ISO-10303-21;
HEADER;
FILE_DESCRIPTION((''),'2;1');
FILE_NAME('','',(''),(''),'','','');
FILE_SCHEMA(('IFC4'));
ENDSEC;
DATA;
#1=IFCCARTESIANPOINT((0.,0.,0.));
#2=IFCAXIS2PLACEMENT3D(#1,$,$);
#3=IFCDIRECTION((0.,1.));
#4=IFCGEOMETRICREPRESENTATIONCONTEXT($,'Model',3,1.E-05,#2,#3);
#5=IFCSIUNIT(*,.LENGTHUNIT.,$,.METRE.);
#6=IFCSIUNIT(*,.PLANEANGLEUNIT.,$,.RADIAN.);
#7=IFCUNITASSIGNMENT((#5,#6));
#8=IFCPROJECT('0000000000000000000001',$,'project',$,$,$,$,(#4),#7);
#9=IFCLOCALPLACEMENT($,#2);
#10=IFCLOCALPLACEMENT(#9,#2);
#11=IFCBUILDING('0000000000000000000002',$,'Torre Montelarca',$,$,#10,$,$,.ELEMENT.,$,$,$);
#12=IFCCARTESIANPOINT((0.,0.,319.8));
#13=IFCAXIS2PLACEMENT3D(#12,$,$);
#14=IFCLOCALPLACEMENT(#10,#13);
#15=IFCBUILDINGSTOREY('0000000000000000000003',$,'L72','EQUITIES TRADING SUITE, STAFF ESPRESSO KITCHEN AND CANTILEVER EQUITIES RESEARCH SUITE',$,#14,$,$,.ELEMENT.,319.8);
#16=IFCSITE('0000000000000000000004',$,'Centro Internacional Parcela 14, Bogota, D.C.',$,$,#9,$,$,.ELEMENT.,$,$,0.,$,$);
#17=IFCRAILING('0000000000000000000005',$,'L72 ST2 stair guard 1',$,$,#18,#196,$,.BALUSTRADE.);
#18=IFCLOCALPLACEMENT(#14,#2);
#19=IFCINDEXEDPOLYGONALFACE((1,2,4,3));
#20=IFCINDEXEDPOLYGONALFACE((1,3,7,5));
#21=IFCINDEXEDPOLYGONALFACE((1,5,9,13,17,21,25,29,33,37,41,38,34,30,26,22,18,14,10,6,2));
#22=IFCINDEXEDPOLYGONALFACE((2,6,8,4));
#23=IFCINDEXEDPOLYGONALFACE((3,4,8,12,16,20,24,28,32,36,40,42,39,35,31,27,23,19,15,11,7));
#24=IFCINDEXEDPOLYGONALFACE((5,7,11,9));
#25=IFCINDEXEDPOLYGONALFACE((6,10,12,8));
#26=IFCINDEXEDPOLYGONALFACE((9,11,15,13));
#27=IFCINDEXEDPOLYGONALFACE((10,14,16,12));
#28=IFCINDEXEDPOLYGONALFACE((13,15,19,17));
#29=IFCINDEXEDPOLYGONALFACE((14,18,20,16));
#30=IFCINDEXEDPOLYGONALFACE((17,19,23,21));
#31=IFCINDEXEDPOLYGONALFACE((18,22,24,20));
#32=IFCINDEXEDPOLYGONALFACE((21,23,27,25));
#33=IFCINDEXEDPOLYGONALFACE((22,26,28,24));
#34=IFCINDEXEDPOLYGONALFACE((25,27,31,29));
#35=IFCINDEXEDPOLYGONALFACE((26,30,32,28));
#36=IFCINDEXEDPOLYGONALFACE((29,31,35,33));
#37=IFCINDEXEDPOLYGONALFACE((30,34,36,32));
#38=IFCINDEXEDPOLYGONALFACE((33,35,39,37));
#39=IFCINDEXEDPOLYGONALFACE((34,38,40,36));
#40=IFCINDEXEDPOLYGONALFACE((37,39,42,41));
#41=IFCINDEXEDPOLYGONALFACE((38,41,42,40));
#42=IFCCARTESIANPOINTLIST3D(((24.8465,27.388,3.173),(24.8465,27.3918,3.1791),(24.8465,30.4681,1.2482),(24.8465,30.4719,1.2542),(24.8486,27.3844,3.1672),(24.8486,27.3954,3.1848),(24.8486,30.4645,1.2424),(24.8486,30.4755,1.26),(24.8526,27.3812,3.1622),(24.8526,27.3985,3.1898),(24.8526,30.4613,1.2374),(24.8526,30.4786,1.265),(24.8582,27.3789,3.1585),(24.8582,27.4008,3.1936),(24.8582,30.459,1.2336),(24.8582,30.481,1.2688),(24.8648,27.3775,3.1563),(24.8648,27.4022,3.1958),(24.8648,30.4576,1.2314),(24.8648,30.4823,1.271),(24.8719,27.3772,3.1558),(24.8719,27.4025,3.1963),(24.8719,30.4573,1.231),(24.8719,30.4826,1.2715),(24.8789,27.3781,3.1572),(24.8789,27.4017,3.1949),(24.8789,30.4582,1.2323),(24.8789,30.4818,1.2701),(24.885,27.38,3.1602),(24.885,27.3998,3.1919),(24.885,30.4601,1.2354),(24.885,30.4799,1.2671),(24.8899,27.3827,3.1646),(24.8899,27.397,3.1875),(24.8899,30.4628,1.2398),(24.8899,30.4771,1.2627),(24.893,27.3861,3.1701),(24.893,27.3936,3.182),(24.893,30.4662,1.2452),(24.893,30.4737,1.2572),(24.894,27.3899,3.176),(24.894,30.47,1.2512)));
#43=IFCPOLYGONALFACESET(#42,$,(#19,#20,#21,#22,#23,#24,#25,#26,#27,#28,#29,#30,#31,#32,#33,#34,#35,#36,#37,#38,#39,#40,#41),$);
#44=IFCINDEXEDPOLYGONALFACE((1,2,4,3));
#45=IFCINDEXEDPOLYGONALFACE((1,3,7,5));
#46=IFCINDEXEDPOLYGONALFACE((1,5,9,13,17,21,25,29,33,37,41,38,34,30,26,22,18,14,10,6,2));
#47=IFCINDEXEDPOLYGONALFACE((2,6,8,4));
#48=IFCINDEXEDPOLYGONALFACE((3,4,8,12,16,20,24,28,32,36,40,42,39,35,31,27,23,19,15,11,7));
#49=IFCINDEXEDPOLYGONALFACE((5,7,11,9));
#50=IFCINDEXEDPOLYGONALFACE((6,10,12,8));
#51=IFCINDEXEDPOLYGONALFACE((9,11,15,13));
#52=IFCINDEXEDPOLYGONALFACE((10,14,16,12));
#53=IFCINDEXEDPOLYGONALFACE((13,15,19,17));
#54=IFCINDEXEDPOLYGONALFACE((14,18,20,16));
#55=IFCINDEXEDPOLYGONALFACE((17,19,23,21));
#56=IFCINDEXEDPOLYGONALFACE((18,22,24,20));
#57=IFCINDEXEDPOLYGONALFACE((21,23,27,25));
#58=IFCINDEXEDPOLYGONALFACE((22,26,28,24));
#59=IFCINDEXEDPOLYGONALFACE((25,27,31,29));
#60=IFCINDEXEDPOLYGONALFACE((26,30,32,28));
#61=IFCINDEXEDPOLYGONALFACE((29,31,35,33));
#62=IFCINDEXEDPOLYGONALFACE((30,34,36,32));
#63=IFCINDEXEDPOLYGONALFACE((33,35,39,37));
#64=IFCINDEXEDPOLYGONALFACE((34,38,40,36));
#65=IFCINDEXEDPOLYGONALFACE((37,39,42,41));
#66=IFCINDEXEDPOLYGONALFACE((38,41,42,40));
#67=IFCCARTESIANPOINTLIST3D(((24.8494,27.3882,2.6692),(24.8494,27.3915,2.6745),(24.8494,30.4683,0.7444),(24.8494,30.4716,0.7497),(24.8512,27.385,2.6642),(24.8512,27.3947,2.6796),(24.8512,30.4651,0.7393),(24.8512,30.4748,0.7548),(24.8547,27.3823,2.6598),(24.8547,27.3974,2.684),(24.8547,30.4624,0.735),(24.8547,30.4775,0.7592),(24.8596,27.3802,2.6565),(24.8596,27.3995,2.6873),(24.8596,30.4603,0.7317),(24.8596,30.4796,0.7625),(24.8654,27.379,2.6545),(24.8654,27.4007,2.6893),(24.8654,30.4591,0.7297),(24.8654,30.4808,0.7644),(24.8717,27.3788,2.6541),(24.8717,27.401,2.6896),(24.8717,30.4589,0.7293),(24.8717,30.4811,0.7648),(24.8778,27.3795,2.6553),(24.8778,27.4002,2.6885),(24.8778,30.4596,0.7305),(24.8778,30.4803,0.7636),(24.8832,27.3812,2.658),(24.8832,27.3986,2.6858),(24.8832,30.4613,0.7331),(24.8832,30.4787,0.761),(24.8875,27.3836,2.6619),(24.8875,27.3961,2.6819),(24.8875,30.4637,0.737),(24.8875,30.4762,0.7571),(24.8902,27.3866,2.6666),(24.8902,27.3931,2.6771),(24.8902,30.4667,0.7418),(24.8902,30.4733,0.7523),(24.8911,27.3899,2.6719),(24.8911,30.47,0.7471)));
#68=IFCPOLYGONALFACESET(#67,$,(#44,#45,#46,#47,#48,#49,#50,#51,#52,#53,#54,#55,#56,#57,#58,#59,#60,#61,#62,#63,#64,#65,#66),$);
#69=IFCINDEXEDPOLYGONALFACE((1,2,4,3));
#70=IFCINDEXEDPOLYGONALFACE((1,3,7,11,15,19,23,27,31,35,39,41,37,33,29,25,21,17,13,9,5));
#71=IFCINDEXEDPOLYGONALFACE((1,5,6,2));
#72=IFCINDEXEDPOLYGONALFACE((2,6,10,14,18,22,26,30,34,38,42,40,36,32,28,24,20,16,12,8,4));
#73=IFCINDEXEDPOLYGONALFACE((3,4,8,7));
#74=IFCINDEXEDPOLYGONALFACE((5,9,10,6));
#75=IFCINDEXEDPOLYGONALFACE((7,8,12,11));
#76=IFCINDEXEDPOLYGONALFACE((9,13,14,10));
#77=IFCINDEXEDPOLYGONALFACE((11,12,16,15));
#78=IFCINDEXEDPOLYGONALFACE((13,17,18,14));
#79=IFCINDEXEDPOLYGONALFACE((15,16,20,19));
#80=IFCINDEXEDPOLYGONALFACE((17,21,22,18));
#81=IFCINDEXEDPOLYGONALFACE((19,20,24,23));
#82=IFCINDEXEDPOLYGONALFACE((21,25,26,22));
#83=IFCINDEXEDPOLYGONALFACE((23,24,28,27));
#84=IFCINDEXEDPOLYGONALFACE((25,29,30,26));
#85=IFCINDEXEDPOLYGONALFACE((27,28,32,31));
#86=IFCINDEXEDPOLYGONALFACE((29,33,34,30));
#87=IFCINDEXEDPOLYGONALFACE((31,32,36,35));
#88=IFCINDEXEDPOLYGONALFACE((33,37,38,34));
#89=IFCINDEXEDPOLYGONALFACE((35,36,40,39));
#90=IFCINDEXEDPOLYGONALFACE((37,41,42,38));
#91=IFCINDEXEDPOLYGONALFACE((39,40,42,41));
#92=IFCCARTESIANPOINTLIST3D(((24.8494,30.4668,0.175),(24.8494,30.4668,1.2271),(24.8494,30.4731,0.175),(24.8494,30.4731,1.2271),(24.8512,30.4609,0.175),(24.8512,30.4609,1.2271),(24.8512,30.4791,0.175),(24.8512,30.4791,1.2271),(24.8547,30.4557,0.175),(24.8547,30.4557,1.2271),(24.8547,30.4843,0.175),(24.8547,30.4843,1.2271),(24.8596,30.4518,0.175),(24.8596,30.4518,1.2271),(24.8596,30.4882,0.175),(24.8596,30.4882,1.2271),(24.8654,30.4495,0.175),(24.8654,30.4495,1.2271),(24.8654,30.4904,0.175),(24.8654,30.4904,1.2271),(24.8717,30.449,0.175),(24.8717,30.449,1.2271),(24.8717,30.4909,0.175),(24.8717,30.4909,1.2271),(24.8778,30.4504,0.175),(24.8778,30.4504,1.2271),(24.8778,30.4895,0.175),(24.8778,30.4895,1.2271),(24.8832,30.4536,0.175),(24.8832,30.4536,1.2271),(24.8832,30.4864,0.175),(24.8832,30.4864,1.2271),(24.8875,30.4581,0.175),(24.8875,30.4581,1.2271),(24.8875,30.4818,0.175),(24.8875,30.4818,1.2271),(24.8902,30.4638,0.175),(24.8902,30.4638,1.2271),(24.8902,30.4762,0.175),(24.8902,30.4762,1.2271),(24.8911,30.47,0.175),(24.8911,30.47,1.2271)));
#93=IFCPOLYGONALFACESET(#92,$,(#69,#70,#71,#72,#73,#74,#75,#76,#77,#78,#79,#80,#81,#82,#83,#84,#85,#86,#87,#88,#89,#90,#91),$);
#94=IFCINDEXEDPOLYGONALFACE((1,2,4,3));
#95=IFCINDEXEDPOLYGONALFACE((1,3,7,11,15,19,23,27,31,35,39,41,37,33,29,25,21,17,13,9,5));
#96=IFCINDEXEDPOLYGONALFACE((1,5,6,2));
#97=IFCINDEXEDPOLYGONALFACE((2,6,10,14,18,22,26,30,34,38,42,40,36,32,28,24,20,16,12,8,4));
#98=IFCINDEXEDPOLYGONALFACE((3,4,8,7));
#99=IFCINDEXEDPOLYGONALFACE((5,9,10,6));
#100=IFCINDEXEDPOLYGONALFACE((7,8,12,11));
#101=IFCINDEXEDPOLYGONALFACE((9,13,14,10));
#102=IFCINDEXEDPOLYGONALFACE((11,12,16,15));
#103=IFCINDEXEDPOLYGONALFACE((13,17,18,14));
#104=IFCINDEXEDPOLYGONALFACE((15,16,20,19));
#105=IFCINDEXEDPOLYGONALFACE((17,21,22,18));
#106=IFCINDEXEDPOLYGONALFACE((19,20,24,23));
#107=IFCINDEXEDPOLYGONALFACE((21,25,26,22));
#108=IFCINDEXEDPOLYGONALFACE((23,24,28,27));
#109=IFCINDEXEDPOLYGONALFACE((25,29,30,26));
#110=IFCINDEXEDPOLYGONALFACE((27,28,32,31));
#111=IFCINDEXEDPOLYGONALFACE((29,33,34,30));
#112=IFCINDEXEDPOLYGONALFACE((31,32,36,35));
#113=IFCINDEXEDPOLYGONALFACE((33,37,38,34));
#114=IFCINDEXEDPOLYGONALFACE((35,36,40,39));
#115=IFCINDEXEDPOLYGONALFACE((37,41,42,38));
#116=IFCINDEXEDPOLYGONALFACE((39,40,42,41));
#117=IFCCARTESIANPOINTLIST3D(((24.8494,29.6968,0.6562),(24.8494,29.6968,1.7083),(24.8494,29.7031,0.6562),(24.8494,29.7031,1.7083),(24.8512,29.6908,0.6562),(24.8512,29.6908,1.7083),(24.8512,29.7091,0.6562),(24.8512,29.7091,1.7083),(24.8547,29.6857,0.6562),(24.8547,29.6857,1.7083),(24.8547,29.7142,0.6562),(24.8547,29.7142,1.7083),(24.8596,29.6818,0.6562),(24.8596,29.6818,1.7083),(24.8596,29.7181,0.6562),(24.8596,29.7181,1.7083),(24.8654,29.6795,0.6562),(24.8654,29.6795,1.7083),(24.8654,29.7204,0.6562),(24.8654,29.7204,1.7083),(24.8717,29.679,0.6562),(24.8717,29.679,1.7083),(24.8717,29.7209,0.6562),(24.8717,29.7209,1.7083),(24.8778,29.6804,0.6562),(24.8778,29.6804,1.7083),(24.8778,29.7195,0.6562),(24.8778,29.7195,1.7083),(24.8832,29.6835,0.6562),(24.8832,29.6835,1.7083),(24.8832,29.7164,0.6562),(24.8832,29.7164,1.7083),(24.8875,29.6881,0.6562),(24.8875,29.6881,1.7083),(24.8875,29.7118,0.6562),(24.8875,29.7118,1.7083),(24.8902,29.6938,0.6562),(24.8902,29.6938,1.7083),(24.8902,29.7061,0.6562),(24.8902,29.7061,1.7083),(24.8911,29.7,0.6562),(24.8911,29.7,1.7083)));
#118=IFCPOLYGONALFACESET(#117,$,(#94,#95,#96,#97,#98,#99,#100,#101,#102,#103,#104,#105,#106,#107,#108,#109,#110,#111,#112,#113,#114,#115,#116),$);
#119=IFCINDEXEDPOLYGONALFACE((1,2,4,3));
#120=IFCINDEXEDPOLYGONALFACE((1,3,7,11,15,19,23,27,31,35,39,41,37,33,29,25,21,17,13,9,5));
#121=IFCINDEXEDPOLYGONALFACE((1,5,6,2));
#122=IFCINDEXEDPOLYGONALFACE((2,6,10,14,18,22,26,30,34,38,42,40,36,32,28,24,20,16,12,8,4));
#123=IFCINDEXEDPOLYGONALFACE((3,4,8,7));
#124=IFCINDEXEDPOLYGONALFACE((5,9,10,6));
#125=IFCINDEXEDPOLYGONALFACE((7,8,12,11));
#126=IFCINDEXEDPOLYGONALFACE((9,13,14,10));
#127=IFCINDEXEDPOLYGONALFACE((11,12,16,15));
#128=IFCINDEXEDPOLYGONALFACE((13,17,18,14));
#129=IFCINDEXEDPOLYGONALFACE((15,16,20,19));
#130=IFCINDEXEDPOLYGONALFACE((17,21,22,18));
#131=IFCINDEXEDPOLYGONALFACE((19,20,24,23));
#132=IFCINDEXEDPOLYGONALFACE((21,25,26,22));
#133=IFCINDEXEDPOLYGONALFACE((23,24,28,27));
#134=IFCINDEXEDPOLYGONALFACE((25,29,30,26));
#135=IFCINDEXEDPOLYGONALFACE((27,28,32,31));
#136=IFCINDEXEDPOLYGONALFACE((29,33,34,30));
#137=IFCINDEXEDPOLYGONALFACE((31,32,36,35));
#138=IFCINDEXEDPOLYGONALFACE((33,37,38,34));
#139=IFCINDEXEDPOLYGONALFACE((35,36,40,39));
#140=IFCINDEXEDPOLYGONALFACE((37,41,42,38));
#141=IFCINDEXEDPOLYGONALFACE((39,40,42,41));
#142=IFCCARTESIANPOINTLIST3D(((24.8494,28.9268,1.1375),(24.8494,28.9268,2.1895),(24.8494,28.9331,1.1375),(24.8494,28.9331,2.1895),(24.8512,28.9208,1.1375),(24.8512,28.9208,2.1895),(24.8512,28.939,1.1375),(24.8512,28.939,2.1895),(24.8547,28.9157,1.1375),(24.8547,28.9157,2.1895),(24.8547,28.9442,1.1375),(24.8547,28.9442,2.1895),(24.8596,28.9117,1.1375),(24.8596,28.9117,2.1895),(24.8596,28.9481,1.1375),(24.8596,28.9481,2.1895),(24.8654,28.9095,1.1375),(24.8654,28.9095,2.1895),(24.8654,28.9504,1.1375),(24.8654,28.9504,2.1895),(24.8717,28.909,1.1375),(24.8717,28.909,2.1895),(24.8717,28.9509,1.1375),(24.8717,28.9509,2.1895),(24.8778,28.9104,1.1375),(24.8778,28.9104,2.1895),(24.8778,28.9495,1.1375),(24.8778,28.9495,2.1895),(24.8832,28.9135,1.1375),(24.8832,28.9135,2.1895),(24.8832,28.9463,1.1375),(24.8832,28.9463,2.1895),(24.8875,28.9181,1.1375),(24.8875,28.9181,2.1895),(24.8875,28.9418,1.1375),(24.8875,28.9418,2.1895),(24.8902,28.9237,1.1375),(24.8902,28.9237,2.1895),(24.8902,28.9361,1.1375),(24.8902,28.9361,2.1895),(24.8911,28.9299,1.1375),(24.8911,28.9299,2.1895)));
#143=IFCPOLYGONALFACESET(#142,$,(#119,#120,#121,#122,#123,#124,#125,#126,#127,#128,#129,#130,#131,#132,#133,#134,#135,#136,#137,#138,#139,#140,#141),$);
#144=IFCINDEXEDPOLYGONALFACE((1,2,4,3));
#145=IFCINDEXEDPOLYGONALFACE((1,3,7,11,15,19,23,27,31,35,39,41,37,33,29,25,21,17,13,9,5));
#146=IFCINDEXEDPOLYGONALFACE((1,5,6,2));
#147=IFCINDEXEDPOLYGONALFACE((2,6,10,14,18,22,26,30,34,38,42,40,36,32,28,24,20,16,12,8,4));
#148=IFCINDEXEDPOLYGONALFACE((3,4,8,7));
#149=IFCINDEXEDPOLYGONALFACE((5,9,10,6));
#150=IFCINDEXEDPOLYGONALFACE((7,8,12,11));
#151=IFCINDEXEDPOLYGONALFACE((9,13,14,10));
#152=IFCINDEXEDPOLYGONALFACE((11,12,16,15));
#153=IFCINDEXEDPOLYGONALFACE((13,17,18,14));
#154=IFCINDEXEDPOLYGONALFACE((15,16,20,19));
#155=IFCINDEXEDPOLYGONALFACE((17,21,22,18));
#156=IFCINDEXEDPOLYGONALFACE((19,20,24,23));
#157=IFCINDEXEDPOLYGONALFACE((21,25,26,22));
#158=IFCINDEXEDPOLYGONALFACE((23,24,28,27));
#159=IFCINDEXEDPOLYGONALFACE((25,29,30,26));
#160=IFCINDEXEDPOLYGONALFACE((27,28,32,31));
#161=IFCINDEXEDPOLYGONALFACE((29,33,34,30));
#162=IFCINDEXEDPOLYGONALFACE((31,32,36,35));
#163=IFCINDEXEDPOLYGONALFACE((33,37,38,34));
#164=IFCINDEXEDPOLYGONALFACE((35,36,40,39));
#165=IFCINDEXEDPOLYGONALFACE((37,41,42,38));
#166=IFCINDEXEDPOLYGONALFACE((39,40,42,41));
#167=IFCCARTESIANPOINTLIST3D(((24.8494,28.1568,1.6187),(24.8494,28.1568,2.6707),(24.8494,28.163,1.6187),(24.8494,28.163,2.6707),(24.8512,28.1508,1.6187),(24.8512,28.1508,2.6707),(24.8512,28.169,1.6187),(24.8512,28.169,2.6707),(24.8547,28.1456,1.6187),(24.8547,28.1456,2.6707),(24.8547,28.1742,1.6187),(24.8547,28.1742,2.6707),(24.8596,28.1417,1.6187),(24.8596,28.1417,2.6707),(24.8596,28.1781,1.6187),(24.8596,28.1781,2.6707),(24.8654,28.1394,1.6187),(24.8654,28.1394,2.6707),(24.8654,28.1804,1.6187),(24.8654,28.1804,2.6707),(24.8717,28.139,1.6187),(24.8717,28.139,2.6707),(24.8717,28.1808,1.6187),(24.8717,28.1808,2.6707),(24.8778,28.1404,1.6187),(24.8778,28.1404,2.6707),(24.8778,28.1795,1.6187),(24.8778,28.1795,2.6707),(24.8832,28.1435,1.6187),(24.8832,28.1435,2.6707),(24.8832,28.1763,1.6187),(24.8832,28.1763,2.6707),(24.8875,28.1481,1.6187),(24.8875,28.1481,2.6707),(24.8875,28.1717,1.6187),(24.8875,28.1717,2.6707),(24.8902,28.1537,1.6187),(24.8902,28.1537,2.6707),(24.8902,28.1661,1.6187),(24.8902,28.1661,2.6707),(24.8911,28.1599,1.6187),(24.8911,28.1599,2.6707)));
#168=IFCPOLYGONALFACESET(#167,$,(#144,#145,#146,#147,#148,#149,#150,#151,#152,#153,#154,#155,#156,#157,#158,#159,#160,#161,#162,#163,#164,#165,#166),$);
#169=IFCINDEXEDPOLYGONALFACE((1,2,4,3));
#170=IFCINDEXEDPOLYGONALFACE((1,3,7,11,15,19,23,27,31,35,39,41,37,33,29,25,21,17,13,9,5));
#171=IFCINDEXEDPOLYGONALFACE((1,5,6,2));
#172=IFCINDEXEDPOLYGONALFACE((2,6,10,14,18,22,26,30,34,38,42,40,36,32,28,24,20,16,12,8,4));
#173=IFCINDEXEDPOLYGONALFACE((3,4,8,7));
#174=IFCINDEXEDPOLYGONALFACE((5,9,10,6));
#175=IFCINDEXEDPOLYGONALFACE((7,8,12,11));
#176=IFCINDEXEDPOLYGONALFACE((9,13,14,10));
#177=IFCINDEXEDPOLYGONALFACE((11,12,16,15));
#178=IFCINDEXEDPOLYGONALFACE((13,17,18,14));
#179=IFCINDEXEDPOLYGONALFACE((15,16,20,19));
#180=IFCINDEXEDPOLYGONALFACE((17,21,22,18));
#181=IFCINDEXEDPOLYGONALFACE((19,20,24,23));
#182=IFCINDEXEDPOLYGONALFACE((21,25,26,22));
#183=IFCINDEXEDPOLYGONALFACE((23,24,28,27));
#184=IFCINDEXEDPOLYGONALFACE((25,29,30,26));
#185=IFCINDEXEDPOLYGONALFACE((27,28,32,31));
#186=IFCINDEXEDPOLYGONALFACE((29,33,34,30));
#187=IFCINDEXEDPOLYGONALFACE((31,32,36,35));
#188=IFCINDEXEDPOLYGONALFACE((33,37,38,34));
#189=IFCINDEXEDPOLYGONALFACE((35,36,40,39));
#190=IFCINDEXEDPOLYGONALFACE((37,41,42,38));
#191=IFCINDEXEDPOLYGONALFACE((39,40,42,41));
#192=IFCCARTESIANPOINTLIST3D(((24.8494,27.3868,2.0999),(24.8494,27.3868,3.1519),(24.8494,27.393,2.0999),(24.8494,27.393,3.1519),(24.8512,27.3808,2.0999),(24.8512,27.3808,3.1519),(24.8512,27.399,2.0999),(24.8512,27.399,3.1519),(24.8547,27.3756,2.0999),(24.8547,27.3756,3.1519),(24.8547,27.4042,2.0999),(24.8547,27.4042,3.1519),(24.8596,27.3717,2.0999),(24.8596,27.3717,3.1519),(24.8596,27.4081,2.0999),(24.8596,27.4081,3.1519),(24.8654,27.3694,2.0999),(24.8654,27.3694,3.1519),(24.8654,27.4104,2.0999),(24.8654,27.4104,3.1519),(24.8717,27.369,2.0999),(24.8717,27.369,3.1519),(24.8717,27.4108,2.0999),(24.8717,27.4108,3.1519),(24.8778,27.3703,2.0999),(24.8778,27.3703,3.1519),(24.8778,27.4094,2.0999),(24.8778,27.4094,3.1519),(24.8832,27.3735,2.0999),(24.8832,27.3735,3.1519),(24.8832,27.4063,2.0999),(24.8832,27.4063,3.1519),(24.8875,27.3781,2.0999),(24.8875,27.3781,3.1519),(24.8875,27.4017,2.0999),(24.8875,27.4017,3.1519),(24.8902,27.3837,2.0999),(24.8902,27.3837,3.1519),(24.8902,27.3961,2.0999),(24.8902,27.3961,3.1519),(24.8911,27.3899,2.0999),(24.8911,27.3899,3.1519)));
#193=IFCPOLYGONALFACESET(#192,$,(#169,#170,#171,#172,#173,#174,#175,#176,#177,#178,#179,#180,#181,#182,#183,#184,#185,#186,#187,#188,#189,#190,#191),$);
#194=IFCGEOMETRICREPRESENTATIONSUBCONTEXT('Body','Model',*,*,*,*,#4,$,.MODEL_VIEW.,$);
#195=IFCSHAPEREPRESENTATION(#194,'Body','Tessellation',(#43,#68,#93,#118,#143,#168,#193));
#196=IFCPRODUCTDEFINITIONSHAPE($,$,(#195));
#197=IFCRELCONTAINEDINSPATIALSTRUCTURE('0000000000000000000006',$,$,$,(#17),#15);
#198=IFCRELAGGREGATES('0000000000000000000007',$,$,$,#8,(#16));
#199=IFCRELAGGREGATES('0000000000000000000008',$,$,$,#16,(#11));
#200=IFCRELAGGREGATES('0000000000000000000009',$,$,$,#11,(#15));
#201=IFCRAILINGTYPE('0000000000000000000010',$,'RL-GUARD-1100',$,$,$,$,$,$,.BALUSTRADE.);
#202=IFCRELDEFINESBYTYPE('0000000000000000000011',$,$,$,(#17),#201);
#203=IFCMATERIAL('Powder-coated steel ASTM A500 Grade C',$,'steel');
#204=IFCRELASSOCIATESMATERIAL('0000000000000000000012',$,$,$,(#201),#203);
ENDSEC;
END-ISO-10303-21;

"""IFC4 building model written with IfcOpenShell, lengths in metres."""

from ifc_helpers import new_model, si_unit, direction, frame, origin, origin_2d, place, context, subcontext, project, spatial, circle, extrude, material, type_object, element, save


model = new_model("IFC4")

# Units and contexts
model_context = context("Model", 3, precision=1e-05, world=origin(), true_north=direction((0.0, 1.0)))
body_context = subcontext(model_context, "Body", "Model", "MODEL_VIEW")
ifc_project = project(units=[si_unit("LENGTHUNIT", "METRE"), si_unit("PLANEANGLEUNIT", "RADIAN")], contexts=[model_context])

# Site, building, storey
site_placement = place(None, origin())
site = spatial("IfcSite", under=ifc_project, at=site_placement, Name="Centro Internacional Parcela 14, Bogota, D.C.", CompositionType="ELEMENT", RefElevation=0.0)
building_placement = place(site_placement, origin())
building = spatial("IfcBuilding", under=site, at=building_placement, Name="Torre Montelarca", CompositionType="ELEMENT")
storey_placement = place(building_placement, frame((0.0, 0.0, 319.8)))
storey = spatial("IfcBuildingStorey", under=building, at=storey_placement, Name="L72", Description="EQUITIES TRADING SUITE, STAFF ESPRESSO KITCHEN AND CANTILEVER EQUITIES RESEARCH SUITE", CompositionType="ELEMENT", Elevation=319.8)

# Railing
ifc_material_1 = material(Name="Powder-coated steel ASTM A500 Grade C", Category="steel")
railing_type_1 = type_object("IfcRailingType", Name="RL-GUARD-1100", PredefinedType="BALUSTRADE", material=ifc_material_1)
railing_1_placement = place(storey_placement, frame((24.8701, 30.47, 0.175)))
element("IfcRailing", 1, at=railing_1_placement, inside=storey, type_object=railing_type_1, Name="L72 ST2 stair guard 1", PredefinedType="BALUSTRADE", context=body_context, shape_type="SweptSolid", body=[
    extrude(circle(Radius=0.0239, at=origin_2d()), frame((0.0, 0.0, 1.0762), z_axis=(0.0, -0.848029, 0.529951), x_axis=(1.0, 0.0, 0.0)), (0.0, 0.0, 1.0), 3.6321),
    extrude(circle(Radius=0.021, at=origin_2d()), frame((0.0, 0.0, 0.572), z_axis=(0.0, -0.848029, 0.529951), x_axis=(1.0, 0.0, 0.0)), (0.0, 0.0, 1.0), 3.6321),
    extrude(circle(Radius=0.021, at=origin_2d()), origin(), (0.0, 0.0, 1.0), 1.052),
    extrude(circle(Radius=0.021, at=origin_2d()), frame((0.0, -0.77, 0.4812)), (0.0, 0.0, 1.0), 1.052),
    extrude(circle(Radius=0.021, at=origin_2d()), frame((0.0, -1.54, 0.9624)), (0.0, 0.0, 1.0), 1.052),
    extrude(circle(Radius=0.021, at=origin_2d()), frame((0.0, -2.3101, 1.4436)), (0.0, 0.0, 1.0), 1.052),
    extrude(circle(Radius=0.021, at=origin_2d()), frame((0.0, -3.0801, 1.9248)), (0.0, 0.0, 1.0), 1.052),
])

save(model, "model.ifc")
